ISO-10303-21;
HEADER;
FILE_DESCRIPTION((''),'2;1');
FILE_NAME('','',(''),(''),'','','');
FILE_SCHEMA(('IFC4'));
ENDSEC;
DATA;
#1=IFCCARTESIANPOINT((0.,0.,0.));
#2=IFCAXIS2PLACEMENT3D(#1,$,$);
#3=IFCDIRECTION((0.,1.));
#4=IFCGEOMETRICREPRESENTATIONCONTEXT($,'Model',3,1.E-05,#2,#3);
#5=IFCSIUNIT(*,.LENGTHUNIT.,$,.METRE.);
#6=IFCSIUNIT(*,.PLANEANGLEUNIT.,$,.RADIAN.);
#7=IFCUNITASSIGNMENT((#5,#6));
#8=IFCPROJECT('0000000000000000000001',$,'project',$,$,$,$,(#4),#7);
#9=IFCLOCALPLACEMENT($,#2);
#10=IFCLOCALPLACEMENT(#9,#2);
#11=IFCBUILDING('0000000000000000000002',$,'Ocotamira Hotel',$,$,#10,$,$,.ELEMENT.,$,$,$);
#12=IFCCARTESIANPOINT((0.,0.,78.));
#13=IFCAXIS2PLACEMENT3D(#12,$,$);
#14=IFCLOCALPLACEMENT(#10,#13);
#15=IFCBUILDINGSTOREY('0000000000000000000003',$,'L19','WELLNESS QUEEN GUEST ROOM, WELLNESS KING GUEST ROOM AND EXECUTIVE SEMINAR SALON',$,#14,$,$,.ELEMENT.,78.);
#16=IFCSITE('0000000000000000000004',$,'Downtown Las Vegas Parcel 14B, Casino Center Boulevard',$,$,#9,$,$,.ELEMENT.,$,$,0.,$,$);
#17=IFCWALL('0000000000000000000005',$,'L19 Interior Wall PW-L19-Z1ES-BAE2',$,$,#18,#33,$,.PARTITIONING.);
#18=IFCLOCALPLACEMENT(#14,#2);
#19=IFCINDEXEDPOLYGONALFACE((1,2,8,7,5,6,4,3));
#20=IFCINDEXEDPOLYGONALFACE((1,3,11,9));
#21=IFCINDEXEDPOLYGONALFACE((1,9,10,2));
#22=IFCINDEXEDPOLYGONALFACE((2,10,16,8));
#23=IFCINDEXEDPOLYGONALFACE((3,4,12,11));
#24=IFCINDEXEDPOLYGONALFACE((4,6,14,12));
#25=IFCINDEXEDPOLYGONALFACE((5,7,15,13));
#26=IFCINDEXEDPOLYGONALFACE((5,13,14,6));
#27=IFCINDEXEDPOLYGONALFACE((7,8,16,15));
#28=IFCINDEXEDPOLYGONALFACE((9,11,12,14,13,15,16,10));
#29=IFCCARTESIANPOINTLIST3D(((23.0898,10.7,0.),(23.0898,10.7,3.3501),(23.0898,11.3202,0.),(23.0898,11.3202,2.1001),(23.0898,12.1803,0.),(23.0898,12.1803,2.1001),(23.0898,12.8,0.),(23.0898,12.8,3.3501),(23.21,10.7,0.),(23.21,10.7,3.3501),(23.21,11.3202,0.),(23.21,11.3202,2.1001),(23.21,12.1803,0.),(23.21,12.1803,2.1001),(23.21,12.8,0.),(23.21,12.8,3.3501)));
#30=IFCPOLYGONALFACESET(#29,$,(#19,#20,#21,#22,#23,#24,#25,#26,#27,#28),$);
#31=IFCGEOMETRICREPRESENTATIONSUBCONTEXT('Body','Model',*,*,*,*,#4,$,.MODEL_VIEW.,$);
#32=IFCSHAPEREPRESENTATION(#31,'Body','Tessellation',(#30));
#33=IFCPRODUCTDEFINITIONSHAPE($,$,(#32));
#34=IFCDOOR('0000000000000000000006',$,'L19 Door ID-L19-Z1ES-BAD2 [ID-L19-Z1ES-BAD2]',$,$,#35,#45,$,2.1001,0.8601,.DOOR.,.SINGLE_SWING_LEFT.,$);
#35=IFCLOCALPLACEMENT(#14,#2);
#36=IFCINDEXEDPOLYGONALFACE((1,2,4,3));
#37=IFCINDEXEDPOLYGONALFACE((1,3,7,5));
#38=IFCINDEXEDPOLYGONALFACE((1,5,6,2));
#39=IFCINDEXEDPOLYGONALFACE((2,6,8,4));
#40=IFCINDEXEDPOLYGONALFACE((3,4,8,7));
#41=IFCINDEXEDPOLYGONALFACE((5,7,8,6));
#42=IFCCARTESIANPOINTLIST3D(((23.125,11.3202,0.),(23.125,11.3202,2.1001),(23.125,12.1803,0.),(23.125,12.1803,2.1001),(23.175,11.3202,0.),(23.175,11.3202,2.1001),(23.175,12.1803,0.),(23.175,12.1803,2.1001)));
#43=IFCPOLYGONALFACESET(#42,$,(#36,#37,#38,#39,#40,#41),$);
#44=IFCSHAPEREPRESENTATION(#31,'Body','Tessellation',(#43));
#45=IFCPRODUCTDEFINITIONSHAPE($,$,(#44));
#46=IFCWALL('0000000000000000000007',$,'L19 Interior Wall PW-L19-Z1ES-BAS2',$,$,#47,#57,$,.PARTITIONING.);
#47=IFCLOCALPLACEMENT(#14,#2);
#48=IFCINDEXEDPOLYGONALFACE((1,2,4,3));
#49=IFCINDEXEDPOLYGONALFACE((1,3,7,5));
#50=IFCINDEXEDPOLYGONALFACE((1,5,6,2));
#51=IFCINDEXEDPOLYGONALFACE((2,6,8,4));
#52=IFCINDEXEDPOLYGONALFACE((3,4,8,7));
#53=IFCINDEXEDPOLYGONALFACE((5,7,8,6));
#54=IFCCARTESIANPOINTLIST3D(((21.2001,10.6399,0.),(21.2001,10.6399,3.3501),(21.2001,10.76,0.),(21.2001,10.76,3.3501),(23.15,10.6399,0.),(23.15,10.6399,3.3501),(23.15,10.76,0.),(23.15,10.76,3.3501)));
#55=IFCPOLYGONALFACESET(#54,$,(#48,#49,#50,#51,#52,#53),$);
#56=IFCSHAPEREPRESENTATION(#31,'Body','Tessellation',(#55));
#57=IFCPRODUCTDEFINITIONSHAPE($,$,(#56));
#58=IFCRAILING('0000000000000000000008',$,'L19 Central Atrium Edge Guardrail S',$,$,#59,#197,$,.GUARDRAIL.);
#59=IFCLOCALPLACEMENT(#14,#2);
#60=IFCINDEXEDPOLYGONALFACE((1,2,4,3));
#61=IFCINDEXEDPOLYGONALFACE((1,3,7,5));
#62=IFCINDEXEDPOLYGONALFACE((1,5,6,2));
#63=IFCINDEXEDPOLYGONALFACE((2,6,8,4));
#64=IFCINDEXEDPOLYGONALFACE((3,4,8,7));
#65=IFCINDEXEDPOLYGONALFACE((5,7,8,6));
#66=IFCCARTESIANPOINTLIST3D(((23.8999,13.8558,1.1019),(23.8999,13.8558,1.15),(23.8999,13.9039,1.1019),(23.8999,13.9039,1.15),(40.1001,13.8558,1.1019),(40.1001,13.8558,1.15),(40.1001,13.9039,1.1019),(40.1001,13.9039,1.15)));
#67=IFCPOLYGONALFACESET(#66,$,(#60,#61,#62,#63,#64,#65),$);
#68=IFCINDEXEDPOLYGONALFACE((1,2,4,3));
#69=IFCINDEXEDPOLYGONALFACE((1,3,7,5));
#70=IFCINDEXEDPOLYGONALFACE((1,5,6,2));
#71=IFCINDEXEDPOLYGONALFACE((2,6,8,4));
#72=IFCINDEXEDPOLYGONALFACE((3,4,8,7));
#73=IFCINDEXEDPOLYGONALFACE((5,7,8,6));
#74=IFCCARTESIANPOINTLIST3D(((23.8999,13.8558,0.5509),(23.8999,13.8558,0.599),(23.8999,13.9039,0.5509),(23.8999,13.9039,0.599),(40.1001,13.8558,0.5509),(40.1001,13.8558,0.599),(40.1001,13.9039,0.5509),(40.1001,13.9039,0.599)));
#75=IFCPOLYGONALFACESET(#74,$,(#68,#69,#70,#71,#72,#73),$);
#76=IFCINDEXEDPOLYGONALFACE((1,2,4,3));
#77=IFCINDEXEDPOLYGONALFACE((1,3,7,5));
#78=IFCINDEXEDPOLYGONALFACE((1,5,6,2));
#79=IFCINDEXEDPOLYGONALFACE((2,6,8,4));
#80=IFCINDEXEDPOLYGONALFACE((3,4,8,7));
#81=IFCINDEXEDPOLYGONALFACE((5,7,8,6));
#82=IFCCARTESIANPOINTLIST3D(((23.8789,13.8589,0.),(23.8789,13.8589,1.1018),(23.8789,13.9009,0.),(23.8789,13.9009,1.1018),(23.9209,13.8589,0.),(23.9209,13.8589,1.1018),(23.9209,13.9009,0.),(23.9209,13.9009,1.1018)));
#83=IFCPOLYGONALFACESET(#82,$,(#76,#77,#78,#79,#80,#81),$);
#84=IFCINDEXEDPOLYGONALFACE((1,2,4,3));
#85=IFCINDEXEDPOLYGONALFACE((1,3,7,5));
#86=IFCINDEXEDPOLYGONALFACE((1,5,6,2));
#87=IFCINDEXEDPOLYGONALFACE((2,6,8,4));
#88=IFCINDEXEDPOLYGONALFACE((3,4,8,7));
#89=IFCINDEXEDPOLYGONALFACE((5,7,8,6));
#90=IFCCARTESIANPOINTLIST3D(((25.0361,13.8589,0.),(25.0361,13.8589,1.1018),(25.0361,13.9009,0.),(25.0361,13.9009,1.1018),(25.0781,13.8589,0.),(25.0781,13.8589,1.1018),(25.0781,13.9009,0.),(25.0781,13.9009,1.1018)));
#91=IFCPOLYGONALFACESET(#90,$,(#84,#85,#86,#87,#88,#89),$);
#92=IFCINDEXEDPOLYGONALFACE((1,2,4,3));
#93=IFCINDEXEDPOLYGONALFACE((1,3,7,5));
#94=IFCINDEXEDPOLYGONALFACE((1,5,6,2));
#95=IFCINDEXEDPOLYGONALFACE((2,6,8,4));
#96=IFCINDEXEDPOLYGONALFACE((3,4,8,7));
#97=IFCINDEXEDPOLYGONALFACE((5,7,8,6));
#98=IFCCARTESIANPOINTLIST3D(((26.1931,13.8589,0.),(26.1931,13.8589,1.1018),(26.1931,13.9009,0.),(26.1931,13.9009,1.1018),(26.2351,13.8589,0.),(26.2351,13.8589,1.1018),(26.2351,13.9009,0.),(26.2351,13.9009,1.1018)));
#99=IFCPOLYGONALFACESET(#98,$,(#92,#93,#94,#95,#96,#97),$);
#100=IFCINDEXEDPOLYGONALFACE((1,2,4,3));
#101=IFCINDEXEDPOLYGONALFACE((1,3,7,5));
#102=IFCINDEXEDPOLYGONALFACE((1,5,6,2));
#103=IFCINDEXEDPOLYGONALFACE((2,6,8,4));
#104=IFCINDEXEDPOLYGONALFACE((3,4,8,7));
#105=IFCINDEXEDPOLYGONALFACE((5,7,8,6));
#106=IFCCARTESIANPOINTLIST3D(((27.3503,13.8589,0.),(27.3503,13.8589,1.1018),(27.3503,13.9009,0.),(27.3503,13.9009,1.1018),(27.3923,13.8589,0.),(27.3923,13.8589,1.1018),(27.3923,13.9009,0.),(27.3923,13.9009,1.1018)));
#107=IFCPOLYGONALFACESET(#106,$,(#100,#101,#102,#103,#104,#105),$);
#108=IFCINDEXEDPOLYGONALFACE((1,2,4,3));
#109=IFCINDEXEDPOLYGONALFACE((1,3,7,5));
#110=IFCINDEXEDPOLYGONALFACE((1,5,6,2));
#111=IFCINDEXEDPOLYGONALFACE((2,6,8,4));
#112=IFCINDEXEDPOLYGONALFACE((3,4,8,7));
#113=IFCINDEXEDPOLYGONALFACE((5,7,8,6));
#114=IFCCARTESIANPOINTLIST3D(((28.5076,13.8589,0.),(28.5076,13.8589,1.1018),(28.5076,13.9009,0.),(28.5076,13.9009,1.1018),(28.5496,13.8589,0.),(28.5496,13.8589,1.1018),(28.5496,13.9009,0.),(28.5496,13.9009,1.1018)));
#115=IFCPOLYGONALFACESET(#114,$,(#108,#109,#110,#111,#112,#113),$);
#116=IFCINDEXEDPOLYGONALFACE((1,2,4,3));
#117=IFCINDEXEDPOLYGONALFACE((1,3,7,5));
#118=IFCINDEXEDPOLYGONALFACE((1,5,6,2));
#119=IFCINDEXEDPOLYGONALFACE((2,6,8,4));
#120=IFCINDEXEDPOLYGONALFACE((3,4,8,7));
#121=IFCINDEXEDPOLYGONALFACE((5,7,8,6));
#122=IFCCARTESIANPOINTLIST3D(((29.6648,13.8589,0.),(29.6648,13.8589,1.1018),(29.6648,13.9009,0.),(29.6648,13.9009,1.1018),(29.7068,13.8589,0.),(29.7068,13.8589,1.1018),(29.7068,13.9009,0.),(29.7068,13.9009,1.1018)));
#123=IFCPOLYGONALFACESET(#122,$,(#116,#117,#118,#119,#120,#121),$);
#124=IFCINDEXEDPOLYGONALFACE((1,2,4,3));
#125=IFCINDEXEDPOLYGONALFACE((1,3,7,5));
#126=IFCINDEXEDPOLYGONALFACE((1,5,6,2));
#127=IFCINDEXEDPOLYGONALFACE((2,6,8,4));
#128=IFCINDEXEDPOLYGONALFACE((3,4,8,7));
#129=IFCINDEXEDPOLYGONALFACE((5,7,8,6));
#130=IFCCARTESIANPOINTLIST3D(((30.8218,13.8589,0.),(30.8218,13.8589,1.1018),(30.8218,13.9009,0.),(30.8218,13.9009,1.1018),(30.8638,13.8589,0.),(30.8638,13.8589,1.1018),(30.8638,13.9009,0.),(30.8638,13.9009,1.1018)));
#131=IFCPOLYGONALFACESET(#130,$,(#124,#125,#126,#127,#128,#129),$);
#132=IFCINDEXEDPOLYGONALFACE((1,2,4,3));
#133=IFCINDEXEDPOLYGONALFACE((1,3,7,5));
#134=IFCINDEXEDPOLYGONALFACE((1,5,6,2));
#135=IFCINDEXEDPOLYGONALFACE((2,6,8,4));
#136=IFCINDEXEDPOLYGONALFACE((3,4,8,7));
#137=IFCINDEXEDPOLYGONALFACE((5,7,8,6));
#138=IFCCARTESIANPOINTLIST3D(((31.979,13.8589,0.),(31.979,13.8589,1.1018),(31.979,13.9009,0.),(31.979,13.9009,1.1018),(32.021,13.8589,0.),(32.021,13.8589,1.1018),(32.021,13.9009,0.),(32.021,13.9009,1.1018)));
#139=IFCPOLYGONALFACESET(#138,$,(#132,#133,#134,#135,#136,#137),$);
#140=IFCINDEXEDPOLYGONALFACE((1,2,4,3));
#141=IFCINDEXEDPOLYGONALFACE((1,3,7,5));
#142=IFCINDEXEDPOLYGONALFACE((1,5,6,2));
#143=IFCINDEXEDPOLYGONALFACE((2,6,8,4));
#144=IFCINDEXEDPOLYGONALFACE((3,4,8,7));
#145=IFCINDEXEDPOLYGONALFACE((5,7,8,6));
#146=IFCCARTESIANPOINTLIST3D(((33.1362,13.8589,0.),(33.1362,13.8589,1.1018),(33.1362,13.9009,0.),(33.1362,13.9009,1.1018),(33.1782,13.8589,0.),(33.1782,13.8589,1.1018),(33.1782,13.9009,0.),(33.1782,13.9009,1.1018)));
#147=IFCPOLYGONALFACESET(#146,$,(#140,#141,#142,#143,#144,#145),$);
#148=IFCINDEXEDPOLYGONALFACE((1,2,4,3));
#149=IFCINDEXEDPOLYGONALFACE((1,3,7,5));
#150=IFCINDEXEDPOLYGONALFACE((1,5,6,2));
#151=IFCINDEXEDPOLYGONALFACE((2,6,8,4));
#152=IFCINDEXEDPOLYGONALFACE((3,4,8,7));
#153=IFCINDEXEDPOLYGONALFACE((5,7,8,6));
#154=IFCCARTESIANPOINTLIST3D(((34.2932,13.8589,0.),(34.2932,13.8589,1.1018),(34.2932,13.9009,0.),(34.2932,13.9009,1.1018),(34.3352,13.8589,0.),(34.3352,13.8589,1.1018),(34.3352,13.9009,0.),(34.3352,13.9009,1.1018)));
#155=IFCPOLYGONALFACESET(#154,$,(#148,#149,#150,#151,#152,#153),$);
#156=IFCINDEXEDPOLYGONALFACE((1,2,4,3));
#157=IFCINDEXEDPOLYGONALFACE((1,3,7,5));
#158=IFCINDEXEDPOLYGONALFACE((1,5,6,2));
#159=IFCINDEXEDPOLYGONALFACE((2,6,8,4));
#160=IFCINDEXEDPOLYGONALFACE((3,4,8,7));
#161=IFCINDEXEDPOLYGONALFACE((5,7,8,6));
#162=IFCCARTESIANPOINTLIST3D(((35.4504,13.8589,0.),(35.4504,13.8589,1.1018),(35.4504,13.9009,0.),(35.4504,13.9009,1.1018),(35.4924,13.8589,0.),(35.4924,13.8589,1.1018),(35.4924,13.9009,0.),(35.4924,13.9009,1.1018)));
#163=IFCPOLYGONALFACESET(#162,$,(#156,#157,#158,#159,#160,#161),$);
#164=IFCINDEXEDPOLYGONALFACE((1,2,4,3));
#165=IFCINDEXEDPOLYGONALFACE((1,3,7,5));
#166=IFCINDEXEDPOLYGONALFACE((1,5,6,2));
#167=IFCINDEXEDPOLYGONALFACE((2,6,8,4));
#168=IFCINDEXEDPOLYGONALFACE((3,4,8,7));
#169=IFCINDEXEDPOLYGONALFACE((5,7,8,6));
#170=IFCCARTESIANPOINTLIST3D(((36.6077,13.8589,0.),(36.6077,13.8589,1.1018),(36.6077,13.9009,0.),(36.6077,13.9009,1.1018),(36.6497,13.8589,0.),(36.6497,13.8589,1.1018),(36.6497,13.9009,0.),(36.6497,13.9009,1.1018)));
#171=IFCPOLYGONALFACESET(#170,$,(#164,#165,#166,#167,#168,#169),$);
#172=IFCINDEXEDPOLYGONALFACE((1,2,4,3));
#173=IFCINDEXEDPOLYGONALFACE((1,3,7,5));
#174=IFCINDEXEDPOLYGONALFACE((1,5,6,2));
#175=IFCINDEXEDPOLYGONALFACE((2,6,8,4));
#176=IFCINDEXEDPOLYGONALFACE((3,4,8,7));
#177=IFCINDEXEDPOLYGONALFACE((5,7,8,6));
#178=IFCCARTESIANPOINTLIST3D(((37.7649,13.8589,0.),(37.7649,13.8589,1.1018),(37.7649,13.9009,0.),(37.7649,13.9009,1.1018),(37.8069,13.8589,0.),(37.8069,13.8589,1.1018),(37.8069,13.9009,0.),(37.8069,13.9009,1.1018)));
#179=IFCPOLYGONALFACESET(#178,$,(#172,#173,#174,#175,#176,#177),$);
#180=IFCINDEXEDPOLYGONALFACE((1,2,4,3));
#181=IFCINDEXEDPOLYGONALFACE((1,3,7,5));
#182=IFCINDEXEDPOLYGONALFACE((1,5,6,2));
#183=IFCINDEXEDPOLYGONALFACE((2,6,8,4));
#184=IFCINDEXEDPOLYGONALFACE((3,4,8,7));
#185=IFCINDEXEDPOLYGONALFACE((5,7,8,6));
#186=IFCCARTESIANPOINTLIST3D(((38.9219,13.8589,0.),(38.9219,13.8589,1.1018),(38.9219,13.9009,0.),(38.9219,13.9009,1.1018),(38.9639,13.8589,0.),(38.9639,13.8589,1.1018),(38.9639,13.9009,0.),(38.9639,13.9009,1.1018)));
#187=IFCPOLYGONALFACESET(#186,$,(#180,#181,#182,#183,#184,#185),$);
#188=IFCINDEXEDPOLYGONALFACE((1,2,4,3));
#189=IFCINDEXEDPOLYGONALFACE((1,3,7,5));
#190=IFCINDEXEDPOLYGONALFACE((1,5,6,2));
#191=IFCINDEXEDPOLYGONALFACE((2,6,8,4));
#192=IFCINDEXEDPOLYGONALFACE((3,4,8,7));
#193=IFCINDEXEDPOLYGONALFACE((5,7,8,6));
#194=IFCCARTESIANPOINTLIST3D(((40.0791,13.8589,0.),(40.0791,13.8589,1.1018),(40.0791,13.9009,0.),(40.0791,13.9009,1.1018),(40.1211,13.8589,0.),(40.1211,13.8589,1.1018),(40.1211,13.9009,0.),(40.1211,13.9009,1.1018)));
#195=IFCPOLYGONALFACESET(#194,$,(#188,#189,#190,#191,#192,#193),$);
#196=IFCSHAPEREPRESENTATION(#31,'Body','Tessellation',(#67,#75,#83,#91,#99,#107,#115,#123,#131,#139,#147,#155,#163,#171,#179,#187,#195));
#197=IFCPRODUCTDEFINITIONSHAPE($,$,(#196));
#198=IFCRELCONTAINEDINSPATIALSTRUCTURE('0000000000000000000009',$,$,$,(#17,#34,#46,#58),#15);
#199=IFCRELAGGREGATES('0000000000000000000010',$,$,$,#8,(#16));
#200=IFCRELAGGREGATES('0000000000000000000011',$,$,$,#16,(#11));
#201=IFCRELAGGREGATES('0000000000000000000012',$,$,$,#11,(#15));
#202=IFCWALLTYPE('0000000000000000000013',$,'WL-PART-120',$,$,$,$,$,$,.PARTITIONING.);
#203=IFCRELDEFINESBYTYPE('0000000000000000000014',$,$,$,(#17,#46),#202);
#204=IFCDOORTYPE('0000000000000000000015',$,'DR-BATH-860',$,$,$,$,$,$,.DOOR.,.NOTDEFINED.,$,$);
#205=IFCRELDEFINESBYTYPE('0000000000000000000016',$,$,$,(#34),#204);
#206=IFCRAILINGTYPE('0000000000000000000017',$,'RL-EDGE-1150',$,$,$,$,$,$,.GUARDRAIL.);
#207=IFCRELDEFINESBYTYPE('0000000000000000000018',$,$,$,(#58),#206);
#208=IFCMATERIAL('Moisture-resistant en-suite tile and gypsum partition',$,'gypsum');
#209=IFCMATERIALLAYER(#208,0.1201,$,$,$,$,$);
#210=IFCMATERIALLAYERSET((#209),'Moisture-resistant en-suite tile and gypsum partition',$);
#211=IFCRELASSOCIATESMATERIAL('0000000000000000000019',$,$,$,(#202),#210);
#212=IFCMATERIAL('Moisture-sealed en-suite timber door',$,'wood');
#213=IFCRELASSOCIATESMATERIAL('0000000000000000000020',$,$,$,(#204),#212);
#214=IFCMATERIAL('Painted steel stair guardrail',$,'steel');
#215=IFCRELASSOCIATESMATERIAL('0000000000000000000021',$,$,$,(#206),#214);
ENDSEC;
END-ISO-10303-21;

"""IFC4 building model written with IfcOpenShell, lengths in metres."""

from ifc_helpers import new_model, si_unit, direction, frame, frame_2d, origin, origin_2d, place, context, subcontext, project, spatial, rectangle, extrude, source, transform, mapped, material, layer, layer_set, type_object, element, fill, save


model = new_model("IFC4")

# Units and contexts
model_context = context("Model", 3, precision=1e-05, world=origin(), true_north=direction((0.0, 1.0)))
body_context = subcontext(model_context, "Body", "Model", "MODEL_VIEW")
ifc_project = project(units=[si_unit("LENGTHUNIT", "METRE"), si_unit("PLANEANGLEUNIT", "RADIAN")], contexts=[model_context])

# Site, building, storey
site_placement = place(None, origin())
site = spatial("IfcSite", under=ifc_project, at=site_placement, Name="Downtown Las Vegas Parcel 14B, Casino Center Boulevard", CompositionType="ELEMENT", RefElevation=0.0)
building_placement = place(site_placement, origin())
building = spatial("IfcBuilding", under=site, at=building_placement, Name="Ocotamira Hotel", CompositionType="ELEMENT")
storey_placement = place(building_placement, frame((0.0, 0.0, 78.0)))
storey = spatial("IfcBuildingStorey", under=building, at=storey_placement, Name="L19", Description="WELLNESS QUEEN GUEST ROOM, WELLNESS KING GUEST ROOM AND EXECUTIVE SEMINAR SALON", CompositionType="ELEMENT", Elevation=78.0)

# Shared definitions
ifc_material_1 = material(Name="Moisture-resistant en-suite tile and gypsum partition", Category="gypsum")
ifc_layer_1 = layer(ifc_material_1, 0.1201)
ifc_layer_set_1 = layer_set([ifc_layer_1], Name="Moisture-resistant en-suite tile and gypsum partition")
wall_type_1 = type_object("IfcWallType", Name="WL-PART-120", PredefinedType="PARTITIONING", material=ifc_layer_set_1)

# Wall, opening, door
wall_1_placement = place(storey_placement, frame((23.1499, 10.7, 0.0), z_axis=(0.0, 0.0, 1.0), x_axis=(0.0, 1.0, 0.0)))
wall_1 = element("IfcWall", 1, at=wall_1_placement, inside=storey, type_object=wall_type_1, Name="L19 Interior Wall PW-L19-Z1ES-BAE2", PredefinedType="PARTITIONING", context=body_context, shape_type="SweptSolid", body=[
    extrude(rectangle(XDim=2.1001, YDim=0.1201, at=frame_2d((1.05, 0.0))), origin(), (0.0, 0.0, 1.0), 3.3501),
])
opening_1_placement = place(wall_1_placement, frame((0.6201, 0.0, 0.0)))
opening_1 = element("IfcOpeningElement", 2, at=opening_1_placement, cuts=wall_1, PredefinedType="OPENING", context=body_context, shape_type="SweptSolid", body=[
    extrude(rectangle(XDim=0.8601, YDim=2.1001, at=frame_2d((0.4302, 1.05))), frame((0.0, 0.0701, 0.0), z_axis=(0.0, -1.0, 0.0), x_axis=(1.0, 0.0, 0.0)), (0.0, 0.0, 1.0), 0.1401),
])
ifc_material_2 = material(Name="Moisture-sealed en-suite timber door", Category="wood")
door_type_1 = type_object("IfcDoorType", Name="DR-BATH-860", OperationType="NOTDEFINED", PredefinedType="DOOR", material=ifc_material_2)
shared_shape_1 = source(origin(), body_context, "Body", "SweptSolid", [
    extrude(rectangle(XDim=0.8601, YDim=2.1001, at=frame_2d((0.4302, 1.05))), frame((0.0, 0.0249, 0.0), z_axis=(0.0, -1.0, 0.0), x_axis=(1.0, 0.0, 0.0)), (0.0, 0.0, 1.0), 0.05),
])
door_1_placement = place(opening_1_placement, origin())
door_1 = element("IfcDoor", 3, at=door_1_placement, inside=storey, type_object=door_type_1, Name="L19 Door ID-L19-Z1ES-BAD2 [ID-L19-Z1ES-BAD2]", OperationType="SINGLE_SWING_LEFT", OverallHeight=2.1001, OverallWidth=0.8601, PredefinedType="DOOR", context=body_context, shape_type="MappedRepresentation", body=[
    mapped(shared_shape_1, transform((0.0, 0.0, 0.0), scale=1.0)),
])
fill(opening_1, door_1)

# Wall
wall_2_placement = place(storey_placement, frame((21.2, 10.7, 0.0), z_axis=(0.0, 0.0, 1.0), x_axis=(1.0, 0.0, 0.0)))
element("IfcWall", 4, at=wall_2_placement, inside=storey, type_object=wall_type_1, Name="L19 Interior Wall PW-L19-Z1ES-BAS2", PredefinedType="PARTITIONING", context=body_context, shape_type="SweptSolid", body=[
    extrude(rectangle(XDim=1.95, YDim=0.1201, at=frame_2d((0.9751, 0.0))), origin(), (0.0, 0.0, 1.0), 3.3501),
])

# Railing
ifc_material_3 = material(Name="Painted steel stair guardrail", Category="steel")
railing_type = type_object("IfcRailingType", Name="RL-EDGE-1150", PredefinedType="GUARDRAIL", material=ifc_material_3)
railing_placement = place(storey_placement, frame((23.8999, 13.8799, 0.0)))
element("IfcRailing", 5, at=railing_placement, inside=storey, type_object=railing_type, Name="L19 Central Atrium Edge Guardrail S", PredefinedType="GUARDRAIL", context=body_context, shape_type="SweptSolid", body=[
    extrude(rectangle(XDim=0.0481, YDim=0.0481, at=origin_2d()), frame((0.0, 0.0, 1.126), z_axis=(1.0, 0.0, 0.0), x_axis=(0.0, 1.0, 0.0)), (0.0, 0.0, 1.0), 16.2002),
    extrude(rectangle(XDim=0.0481, YDim=0.0481, at=origin_2d()), frame((0.0, 0.0, 0.575), z_axis=(1.0, 0.0, 0.0), x_axis=(0.0, 1.0, 0.0)), (0.0, 0.0, 1.0), 16.2002),
    extrude(rectangle(XDim=0.042, YDim=0.042, at=origin_2d()), origin(), (0.0, 0.0, 1.0), 1.1018),
    extrude(rectangle(XDim=0.042, YDim=0.042, at=origin_2d()), frame((1.1572, 0.0, 0.0)), (0.0, 0.0, 1.0), 1.1018),
    extrude(rectangle(XDim=0.042, YDim=0.042, at=origin_2d()), frame((2.3142, 0.0, 0.0)), (0.0, 0.0, 1.0), 1.1018),
    extrude(rectangle(XDim=0.042, YDim=0.042, at=origin_2d()), frame((3.4714, 0.0, 0.0)), (0.0, 0.0, 1.0), 1.1018),
    extrude(rectangle(XDim=0.042, YDim=0.042, at=origin_2d()), frame((4.6287, 0.0, 0.0)), (0.0, 0.0, 1.0), 1.1018),
    extrude(rectangle(XDim=0.042, YDim=0.042, at=origin_2d()), frame((5.7859, 0.0, 0.0)), (0.0, 0.0, 1.0), 1.1018),
    extrude(rectangle(XDim=0.042, YDim=0.042, at=origin_2d()), frame((6.9429, 0.0, 0.0)), (0.0, 0.0, 1.0), 1.1018),
    extrude(rectangle(XDim=0.042, YDim=0.042, at=origin_2d()), frame((8.1001, 0.0, 0.0)), (0.0, 0.0, 1.0), 1.1018),
    extrude(rectangle(XDim=0.042, YDim=0.042, at=origin_2d()), frame((9.2573, 0.0, 0.0)), (0.0, 0.0, 1.0), 1.1018),
    extrude(rectangle(XDim=0.042, YDim=0.042, at=origin_2d()), frame((10.4143, 0.0, 0.0)), (0.0, 0.0, 1.0), 1.1018),
    extrude(rectangle(XDim=0.042, YDim=0.042, at=origin_2d()), frame((11.5715, 0.0, 0.0)), (0.0, 0.0, 1.0), 1.1018),
    extrude(rectangle(XDim=0.042, YDim=0.042, at=origin_2d()), frame((12.7288, 0.0, 0.0)), (0.0, 0.0, 1.0), 1.1018),
    extrude(rectangle(XDim=0.042, YDim=0.042, at=origin_2d()), frame((13.886, 0.0, 0.0)), (0.0, 0.0, 1.0), 1.1018),
    extrude(rectangle(XDim=0.042, YDim=0.042, at=origin_2d()), frame((15.043, 0.0, 0.0)), (0.0, 0.0, 1.0), 1.1018),
    extrude(rectangle(XDim=0.042, YDim=0.042, at=origin_2d()), frame((16.2002, 0.0, 0.0)), (0.0, 0.0, 1.0), 1.1018),
])

save(model, "model.ifc")
